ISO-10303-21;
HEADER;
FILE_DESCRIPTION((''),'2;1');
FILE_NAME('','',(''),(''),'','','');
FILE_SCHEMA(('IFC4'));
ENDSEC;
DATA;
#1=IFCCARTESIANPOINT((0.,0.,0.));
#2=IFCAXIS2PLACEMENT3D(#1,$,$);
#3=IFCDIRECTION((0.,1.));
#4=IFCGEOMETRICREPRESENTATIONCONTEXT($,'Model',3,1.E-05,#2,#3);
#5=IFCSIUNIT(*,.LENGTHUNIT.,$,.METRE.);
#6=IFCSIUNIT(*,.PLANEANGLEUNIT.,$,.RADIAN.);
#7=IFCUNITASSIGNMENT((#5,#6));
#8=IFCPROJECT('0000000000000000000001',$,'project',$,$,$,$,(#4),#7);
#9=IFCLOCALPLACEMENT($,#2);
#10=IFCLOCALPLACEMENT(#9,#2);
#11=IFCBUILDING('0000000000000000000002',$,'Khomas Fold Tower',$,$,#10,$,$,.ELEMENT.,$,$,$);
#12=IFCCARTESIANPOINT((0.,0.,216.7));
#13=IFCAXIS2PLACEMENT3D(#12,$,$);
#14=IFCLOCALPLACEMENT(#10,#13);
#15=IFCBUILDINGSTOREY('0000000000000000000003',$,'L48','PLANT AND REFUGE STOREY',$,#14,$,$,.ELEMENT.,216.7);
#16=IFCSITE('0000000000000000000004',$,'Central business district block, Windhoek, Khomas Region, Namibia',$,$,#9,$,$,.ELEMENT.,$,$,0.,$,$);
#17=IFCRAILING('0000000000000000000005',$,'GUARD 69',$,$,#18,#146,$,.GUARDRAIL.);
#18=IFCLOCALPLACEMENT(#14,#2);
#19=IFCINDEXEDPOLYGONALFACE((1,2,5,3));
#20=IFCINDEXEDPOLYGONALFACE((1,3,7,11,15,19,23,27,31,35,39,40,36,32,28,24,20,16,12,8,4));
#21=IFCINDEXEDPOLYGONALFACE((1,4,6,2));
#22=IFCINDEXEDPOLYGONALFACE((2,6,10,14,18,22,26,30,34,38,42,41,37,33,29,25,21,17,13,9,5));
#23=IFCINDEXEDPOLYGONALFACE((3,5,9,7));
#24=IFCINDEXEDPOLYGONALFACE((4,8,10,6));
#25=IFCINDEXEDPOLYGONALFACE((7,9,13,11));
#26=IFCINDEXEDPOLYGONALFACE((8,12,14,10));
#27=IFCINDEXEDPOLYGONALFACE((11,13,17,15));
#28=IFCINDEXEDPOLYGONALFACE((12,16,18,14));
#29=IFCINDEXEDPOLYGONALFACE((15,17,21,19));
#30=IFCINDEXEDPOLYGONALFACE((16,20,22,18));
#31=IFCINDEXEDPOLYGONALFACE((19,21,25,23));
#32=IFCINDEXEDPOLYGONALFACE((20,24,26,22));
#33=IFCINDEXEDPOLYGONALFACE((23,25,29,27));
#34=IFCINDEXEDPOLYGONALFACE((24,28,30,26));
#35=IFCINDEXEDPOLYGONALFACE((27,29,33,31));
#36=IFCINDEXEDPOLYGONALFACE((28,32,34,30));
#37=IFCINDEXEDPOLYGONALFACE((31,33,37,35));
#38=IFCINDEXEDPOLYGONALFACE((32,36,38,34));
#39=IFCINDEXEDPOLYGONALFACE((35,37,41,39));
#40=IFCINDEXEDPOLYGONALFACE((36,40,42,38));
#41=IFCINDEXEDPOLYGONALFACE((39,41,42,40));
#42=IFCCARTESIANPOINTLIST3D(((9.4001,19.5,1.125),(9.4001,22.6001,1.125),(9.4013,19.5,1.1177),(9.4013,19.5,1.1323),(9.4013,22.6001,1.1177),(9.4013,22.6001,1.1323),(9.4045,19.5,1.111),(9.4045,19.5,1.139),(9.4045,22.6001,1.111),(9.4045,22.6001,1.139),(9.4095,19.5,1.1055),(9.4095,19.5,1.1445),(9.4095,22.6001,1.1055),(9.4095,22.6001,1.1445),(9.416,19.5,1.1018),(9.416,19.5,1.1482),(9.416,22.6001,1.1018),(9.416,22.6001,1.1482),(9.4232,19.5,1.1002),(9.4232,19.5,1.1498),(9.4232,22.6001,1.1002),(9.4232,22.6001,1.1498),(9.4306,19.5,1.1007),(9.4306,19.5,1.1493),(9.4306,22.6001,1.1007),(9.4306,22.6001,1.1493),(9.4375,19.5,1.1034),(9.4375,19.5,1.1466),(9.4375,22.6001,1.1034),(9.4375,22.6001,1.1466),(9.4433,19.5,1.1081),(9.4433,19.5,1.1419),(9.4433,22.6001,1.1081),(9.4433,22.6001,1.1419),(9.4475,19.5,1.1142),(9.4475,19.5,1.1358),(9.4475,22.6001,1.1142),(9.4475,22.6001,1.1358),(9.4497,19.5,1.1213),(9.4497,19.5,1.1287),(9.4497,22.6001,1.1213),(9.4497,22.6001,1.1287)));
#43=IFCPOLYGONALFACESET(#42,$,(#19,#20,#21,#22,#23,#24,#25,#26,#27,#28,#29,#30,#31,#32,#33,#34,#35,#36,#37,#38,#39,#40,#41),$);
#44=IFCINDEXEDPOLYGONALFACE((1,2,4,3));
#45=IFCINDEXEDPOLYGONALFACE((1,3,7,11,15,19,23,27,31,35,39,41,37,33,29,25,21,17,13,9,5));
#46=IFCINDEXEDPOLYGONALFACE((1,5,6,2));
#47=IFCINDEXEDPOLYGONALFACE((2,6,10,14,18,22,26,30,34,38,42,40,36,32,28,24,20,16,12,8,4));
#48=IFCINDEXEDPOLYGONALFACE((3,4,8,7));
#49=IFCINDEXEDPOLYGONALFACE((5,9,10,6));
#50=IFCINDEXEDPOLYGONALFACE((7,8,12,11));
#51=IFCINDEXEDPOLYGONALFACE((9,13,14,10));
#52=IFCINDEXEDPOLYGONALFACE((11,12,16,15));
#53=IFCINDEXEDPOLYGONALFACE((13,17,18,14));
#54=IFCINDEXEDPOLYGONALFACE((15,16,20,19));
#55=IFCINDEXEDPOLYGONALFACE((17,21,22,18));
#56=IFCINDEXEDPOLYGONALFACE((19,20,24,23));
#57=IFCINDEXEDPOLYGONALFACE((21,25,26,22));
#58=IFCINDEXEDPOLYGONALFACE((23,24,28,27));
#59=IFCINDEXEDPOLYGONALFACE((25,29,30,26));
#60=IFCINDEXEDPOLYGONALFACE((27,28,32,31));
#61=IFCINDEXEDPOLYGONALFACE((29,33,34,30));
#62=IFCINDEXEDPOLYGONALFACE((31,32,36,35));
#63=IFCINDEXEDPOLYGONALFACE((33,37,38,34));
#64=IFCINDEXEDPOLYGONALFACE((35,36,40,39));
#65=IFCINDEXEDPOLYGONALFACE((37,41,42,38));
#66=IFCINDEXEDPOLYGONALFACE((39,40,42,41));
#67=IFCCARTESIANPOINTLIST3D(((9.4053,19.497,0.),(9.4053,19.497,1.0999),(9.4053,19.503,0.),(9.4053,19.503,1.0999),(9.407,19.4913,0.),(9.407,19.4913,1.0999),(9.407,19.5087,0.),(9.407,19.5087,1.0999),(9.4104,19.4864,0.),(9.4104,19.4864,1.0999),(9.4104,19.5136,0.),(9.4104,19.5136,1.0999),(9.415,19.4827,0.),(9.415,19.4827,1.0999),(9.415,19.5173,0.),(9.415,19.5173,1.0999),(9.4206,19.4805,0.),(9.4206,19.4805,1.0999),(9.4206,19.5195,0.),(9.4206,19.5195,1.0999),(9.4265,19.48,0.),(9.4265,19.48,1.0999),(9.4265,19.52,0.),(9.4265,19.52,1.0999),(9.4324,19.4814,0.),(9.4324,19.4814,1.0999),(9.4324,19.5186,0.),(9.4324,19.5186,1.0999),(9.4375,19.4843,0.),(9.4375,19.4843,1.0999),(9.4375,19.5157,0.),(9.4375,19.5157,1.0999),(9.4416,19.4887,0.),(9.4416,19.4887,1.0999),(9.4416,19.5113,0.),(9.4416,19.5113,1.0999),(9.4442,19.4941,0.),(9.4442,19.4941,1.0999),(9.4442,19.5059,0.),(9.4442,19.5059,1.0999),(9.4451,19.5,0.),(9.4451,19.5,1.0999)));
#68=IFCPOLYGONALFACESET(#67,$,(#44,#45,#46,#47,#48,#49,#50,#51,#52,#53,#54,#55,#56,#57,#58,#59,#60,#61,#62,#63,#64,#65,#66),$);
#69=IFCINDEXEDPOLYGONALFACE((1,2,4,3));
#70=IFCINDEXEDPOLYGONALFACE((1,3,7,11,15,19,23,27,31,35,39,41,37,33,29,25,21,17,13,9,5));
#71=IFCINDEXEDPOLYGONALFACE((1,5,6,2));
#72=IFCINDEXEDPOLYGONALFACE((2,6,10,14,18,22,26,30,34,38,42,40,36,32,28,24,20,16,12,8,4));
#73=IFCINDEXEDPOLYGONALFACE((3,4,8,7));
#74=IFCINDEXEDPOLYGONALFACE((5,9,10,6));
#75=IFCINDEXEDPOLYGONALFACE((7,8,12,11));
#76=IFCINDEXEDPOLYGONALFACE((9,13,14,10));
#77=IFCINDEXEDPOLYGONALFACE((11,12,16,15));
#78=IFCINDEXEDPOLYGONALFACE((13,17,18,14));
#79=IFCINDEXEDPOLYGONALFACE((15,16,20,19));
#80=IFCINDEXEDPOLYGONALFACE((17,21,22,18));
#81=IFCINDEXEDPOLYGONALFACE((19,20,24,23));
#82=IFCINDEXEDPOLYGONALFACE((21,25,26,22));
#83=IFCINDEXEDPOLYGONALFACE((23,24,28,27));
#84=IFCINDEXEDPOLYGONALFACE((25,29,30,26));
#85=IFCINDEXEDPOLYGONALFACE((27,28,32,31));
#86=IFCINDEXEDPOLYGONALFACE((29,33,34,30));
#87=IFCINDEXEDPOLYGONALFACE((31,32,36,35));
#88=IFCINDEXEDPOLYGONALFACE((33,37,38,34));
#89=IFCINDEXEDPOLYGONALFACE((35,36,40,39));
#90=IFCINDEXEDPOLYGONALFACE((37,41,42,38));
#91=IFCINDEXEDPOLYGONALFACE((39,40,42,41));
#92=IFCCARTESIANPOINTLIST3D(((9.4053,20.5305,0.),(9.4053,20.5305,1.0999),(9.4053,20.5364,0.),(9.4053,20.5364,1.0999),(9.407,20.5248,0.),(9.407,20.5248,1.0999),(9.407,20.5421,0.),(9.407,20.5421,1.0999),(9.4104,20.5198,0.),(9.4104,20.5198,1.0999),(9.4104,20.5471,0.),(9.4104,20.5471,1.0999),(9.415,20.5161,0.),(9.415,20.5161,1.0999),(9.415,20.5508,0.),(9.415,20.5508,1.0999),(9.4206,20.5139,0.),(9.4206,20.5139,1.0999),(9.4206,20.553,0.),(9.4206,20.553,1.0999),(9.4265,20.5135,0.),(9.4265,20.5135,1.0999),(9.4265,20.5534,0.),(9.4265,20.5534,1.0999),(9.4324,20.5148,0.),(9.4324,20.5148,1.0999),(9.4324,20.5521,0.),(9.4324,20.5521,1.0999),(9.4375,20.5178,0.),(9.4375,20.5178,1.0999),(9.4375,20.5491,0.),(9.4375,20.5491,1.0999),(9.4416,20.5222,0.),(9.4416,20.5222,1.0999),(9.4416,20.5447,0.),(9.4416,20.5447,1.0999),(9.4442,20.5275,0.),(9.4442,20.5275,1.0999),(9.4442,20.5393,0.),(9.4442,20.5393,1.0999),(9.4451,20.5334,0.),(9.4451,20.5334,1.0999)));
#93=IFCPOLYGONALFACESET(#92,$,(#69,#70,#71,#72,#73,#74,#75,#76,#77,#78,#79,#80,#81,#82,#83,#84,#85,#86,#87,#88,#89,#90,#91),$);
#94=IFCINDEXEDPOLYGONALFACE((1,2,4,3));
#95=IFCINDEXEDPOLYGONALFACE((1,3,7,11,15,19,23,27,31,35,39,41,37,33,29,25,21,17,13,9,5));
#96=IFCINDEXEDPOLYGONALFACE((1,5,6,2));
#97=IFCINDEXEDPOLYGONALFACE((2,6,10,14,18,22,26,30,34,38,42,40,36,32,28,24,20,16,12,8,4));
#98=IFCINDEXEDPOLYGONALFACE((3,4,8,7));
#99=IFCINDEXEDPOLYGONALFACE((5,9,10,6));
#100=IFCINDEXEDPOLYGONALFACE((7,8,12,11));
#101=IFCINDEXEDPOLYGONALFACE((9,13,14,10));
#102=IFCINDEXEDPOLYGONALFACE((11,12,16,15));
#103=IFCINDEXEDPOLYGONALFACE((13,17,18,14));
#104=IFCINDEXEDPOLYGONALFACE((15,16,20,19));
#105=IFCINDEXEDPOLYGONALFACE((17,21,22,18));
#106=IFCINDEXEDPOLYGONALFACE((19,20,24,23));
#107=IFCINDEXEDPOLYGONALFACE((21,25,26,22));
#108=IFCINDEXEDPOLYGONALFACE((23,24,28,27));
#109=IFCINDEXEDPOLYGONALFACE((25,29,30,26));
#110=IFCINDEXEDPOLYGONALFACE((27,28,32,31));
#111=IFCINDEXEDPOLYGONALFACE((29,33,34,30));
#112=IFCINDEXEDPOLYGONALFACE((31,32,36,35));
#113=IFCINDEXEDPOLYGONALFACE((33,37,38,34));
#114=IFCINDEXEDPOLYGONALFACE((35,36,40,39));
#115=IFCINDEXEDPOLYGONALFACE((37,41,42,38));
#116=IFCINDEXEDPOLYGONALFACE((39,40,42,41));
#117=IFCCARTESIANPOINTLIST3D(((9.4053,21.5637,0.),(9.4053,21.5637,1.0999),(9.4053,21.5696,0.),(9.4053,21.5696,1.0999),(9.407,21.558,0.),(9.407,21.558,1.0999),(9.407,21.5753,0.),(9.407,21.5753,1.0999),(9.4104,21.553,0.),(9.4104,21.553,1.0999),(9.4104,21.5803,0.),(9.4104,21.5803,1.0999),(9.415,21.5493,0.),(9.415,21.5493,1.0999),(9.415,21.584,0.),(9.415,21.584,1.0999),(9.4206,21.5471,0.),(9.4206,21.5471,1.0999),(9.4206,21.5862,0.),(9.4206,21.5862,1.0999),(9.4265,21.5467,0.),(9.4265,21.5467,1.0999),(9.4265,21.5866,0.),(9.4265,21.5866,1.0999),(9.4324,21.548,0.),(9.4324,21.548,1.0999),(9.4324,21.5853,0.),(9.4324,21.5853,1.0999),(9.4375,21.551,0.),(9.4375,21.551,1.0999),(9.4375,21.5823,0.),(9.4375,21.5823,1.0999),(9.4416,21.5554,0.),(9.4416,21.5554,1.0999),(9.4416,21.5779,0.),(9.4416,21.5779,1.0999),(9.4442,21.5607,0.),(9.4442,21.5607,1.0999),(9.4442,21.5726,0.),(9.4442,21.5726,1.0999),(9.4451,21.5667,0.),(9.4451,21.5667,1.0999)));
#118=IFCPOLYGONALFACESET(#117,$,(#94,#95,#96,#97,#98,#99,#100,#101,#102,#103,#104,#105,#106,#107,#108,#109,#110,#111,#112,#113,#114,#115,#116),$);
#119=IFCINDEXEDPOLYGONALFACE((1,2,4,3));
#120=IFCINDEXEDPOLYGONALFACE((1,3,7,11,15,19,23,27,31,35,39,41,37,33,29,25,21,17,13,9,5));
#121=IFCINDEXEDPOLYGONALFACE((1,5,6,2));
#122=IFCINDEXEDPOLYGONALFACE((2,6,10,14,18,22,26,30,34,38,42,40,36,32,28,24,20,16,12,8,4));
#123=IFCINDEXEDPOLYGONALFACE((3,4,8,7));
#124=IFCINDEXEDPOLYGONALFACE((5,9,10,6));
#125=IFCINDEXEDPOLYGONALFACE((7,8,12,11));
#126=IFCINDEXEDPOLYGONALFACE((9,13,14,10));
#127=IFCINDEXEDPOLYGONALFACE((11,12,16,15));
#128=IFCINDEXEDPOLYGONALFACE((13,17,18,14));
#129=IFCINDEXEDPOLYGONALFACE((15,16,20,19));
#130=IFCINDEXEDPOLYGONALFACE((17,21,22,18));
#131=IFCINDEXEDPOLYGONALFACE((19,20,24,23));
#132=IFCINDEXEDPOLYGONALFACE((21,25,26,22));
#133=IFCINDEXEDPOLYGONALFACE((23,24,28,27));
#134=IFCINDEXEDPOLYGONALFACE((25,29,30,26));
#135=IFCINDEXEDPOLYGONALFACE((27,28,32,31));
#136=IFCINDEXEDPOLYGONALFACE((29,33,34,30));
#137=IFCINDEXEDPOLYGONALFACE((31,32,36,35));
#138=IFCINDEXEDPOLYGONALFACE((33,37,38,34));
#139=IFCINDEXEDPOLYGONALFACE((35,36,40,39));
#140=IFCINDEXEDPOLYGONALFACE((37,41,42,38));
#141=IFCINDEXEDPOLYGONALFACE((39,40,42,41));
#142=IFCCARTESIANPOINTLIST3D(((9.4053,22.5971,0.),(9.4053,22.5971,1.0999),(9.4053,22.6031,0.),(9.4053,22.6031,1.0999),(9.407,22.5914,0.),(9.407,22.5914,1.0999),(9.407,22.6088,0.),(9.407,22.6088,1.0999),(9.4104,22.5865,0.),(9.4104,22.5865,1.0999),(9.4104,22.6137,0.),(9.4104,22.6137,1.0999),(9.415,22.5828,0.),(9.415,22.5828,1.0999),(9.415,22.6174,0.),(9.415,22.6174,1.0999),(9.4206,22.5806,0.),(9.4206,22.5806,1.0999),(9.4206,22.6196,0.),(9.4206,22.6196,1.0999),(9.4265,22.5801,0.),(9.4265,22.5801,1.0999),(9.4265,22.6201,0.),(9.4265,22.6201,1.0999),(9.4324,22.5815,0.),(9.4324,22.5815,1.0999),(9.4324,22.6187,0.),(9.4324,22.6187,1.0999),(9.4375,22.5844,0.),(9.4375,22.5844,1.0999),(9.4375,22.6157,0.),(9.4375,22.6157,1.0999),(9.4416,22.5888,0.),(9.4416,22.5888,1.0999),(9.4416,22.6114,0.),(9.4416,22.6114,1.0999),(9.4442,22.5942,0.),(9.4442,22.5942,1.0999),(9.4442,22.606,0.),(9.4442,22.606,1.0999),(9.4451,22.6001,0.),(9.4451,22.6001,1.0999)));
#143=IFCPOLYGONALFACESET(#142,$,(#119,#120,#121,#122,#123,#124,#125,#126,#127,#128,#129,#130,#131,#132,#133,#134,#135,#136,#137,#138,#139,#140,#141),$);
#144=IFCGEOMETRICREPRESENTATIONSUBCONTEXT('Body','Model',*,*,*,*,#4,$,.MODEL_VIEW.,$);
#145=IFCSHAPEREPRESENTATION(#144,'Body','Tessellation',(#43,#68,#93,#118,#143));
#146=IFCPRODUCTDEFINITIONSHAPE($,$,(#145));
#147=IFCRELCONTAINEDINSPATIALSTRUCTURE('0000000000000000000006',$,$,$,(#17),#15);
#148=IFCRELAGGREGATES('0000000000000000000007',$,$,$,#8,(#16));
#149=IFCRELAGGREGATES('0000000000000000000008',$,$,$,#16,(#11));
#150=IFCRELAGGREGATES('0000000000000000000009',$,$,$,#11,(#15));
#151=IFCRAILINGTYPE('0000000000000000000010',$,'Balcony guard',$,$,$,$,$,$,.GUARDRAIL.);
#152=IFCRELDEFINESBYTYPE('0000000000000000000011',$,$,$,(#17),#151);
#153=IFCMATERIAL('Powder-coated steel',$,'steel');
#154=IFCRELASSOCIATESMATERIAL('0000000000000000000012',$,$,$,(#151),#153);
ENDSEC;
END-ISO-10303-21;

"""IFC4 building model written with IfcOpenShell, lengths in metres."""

from ifc_helpers import new_model, si_unit, direction, frame, origin, origin_2d, place, context, subcontext, project, spatial, circle, extrude, source, transform, mapped, material, type_object, element, save


model = new_model("IFC4")

# Units and contexts
model_context = context("Model", 3, precision=1e-05, world=origin(), true_north=direction((0.0, 1.0)))
body_context = subcontext(model_context, "Body", "Model", "MODEL_VIEW")
ifc_project = project(units=[si_unit("LENGTHUNIT", "METRE"), si_unit("PLANEANGLEUNIT", "RADIAN")], contexts=[model_context])

# Site, building, storey
site_placement = place(None, origin())
site = spatial("IfcSite", under=ifc_project, at=site_placement, Name="Central business district block, Windhoek, Khomas Region, Namibia", CompositionType="ELEMENT", RefElevation=0.0)
building_placement = place(site_placement, origin())
building = spatial("IfcBuilding", under=site, at=building_placement, Name="Khomas Fold Tower", CompositionType="ELEMENT")
storey_placement = place(building_placement, frame((0.0, 0.0, 216.7)))
storey = spatial("IfcBuildingStorey", under=building, at=storey_placement, Name="L48", Description="PLANT AND REFUGE STOREY", CompositionType="ELEMENT", Elevation=216.7)

# Railing
ifc_material_1 = material(Name="Powder-coated steel", Category="steel")
railing_type = type_object("IfcRailingType", Name="Balcony guard", PredefinedType="GUARDRAIL", material=ifc_material_1)
shared_shape_1 = source(origin(), body_context, "Body", "SweptSolid", [
    extrude(circle(Radius=0.0249, at=origin_2d()), frame((0.0, 0.0, 1.125), z_axis=(0.0, 1.0, 0.0), x_axis=(-1.0, 0.0, 0.0)), (0.0, 0.0, 1.0), 3.1001),
    extrude(circle(Radius=0.02, at=origin_2d()), origin(), (0.0, 0.0, 1.0), 1.0999),
    extrude(circle(Radius=0.02, at=origin_2d()), frame((0.0, 1.0334, 0.0)), (0.0, 0.0, 1.0), 1.0999),
    extrude(circle(Radius=0.02, at=origin_2d()), frame((0.0, 2.0667, 0.0)), (0.0, 0.0, 1.0), 1.0999),
    extrude(circle(Radius=0.02, at=origin_2d()), frame((0.0, 3.1001, 0.0)), (0.0, 0.0, 1.0), 1.0999),
])
for number, where, name in (
    (1, (9.425, 19.5, 0.0), "GUARD 69"),
):
    element("IfcRailing", number, at=place(storey_placement, frame(where)), inside=storey, type_object=railing_type, Name=name, PredefinedType="GUARDRAIL", context=body_context, shape_type="MappedRepresentation", body=[
        mapped(shared_shape_1, transform((0.0, 0.0, 0.0))),
    ])

save(model, "model.ifc")
